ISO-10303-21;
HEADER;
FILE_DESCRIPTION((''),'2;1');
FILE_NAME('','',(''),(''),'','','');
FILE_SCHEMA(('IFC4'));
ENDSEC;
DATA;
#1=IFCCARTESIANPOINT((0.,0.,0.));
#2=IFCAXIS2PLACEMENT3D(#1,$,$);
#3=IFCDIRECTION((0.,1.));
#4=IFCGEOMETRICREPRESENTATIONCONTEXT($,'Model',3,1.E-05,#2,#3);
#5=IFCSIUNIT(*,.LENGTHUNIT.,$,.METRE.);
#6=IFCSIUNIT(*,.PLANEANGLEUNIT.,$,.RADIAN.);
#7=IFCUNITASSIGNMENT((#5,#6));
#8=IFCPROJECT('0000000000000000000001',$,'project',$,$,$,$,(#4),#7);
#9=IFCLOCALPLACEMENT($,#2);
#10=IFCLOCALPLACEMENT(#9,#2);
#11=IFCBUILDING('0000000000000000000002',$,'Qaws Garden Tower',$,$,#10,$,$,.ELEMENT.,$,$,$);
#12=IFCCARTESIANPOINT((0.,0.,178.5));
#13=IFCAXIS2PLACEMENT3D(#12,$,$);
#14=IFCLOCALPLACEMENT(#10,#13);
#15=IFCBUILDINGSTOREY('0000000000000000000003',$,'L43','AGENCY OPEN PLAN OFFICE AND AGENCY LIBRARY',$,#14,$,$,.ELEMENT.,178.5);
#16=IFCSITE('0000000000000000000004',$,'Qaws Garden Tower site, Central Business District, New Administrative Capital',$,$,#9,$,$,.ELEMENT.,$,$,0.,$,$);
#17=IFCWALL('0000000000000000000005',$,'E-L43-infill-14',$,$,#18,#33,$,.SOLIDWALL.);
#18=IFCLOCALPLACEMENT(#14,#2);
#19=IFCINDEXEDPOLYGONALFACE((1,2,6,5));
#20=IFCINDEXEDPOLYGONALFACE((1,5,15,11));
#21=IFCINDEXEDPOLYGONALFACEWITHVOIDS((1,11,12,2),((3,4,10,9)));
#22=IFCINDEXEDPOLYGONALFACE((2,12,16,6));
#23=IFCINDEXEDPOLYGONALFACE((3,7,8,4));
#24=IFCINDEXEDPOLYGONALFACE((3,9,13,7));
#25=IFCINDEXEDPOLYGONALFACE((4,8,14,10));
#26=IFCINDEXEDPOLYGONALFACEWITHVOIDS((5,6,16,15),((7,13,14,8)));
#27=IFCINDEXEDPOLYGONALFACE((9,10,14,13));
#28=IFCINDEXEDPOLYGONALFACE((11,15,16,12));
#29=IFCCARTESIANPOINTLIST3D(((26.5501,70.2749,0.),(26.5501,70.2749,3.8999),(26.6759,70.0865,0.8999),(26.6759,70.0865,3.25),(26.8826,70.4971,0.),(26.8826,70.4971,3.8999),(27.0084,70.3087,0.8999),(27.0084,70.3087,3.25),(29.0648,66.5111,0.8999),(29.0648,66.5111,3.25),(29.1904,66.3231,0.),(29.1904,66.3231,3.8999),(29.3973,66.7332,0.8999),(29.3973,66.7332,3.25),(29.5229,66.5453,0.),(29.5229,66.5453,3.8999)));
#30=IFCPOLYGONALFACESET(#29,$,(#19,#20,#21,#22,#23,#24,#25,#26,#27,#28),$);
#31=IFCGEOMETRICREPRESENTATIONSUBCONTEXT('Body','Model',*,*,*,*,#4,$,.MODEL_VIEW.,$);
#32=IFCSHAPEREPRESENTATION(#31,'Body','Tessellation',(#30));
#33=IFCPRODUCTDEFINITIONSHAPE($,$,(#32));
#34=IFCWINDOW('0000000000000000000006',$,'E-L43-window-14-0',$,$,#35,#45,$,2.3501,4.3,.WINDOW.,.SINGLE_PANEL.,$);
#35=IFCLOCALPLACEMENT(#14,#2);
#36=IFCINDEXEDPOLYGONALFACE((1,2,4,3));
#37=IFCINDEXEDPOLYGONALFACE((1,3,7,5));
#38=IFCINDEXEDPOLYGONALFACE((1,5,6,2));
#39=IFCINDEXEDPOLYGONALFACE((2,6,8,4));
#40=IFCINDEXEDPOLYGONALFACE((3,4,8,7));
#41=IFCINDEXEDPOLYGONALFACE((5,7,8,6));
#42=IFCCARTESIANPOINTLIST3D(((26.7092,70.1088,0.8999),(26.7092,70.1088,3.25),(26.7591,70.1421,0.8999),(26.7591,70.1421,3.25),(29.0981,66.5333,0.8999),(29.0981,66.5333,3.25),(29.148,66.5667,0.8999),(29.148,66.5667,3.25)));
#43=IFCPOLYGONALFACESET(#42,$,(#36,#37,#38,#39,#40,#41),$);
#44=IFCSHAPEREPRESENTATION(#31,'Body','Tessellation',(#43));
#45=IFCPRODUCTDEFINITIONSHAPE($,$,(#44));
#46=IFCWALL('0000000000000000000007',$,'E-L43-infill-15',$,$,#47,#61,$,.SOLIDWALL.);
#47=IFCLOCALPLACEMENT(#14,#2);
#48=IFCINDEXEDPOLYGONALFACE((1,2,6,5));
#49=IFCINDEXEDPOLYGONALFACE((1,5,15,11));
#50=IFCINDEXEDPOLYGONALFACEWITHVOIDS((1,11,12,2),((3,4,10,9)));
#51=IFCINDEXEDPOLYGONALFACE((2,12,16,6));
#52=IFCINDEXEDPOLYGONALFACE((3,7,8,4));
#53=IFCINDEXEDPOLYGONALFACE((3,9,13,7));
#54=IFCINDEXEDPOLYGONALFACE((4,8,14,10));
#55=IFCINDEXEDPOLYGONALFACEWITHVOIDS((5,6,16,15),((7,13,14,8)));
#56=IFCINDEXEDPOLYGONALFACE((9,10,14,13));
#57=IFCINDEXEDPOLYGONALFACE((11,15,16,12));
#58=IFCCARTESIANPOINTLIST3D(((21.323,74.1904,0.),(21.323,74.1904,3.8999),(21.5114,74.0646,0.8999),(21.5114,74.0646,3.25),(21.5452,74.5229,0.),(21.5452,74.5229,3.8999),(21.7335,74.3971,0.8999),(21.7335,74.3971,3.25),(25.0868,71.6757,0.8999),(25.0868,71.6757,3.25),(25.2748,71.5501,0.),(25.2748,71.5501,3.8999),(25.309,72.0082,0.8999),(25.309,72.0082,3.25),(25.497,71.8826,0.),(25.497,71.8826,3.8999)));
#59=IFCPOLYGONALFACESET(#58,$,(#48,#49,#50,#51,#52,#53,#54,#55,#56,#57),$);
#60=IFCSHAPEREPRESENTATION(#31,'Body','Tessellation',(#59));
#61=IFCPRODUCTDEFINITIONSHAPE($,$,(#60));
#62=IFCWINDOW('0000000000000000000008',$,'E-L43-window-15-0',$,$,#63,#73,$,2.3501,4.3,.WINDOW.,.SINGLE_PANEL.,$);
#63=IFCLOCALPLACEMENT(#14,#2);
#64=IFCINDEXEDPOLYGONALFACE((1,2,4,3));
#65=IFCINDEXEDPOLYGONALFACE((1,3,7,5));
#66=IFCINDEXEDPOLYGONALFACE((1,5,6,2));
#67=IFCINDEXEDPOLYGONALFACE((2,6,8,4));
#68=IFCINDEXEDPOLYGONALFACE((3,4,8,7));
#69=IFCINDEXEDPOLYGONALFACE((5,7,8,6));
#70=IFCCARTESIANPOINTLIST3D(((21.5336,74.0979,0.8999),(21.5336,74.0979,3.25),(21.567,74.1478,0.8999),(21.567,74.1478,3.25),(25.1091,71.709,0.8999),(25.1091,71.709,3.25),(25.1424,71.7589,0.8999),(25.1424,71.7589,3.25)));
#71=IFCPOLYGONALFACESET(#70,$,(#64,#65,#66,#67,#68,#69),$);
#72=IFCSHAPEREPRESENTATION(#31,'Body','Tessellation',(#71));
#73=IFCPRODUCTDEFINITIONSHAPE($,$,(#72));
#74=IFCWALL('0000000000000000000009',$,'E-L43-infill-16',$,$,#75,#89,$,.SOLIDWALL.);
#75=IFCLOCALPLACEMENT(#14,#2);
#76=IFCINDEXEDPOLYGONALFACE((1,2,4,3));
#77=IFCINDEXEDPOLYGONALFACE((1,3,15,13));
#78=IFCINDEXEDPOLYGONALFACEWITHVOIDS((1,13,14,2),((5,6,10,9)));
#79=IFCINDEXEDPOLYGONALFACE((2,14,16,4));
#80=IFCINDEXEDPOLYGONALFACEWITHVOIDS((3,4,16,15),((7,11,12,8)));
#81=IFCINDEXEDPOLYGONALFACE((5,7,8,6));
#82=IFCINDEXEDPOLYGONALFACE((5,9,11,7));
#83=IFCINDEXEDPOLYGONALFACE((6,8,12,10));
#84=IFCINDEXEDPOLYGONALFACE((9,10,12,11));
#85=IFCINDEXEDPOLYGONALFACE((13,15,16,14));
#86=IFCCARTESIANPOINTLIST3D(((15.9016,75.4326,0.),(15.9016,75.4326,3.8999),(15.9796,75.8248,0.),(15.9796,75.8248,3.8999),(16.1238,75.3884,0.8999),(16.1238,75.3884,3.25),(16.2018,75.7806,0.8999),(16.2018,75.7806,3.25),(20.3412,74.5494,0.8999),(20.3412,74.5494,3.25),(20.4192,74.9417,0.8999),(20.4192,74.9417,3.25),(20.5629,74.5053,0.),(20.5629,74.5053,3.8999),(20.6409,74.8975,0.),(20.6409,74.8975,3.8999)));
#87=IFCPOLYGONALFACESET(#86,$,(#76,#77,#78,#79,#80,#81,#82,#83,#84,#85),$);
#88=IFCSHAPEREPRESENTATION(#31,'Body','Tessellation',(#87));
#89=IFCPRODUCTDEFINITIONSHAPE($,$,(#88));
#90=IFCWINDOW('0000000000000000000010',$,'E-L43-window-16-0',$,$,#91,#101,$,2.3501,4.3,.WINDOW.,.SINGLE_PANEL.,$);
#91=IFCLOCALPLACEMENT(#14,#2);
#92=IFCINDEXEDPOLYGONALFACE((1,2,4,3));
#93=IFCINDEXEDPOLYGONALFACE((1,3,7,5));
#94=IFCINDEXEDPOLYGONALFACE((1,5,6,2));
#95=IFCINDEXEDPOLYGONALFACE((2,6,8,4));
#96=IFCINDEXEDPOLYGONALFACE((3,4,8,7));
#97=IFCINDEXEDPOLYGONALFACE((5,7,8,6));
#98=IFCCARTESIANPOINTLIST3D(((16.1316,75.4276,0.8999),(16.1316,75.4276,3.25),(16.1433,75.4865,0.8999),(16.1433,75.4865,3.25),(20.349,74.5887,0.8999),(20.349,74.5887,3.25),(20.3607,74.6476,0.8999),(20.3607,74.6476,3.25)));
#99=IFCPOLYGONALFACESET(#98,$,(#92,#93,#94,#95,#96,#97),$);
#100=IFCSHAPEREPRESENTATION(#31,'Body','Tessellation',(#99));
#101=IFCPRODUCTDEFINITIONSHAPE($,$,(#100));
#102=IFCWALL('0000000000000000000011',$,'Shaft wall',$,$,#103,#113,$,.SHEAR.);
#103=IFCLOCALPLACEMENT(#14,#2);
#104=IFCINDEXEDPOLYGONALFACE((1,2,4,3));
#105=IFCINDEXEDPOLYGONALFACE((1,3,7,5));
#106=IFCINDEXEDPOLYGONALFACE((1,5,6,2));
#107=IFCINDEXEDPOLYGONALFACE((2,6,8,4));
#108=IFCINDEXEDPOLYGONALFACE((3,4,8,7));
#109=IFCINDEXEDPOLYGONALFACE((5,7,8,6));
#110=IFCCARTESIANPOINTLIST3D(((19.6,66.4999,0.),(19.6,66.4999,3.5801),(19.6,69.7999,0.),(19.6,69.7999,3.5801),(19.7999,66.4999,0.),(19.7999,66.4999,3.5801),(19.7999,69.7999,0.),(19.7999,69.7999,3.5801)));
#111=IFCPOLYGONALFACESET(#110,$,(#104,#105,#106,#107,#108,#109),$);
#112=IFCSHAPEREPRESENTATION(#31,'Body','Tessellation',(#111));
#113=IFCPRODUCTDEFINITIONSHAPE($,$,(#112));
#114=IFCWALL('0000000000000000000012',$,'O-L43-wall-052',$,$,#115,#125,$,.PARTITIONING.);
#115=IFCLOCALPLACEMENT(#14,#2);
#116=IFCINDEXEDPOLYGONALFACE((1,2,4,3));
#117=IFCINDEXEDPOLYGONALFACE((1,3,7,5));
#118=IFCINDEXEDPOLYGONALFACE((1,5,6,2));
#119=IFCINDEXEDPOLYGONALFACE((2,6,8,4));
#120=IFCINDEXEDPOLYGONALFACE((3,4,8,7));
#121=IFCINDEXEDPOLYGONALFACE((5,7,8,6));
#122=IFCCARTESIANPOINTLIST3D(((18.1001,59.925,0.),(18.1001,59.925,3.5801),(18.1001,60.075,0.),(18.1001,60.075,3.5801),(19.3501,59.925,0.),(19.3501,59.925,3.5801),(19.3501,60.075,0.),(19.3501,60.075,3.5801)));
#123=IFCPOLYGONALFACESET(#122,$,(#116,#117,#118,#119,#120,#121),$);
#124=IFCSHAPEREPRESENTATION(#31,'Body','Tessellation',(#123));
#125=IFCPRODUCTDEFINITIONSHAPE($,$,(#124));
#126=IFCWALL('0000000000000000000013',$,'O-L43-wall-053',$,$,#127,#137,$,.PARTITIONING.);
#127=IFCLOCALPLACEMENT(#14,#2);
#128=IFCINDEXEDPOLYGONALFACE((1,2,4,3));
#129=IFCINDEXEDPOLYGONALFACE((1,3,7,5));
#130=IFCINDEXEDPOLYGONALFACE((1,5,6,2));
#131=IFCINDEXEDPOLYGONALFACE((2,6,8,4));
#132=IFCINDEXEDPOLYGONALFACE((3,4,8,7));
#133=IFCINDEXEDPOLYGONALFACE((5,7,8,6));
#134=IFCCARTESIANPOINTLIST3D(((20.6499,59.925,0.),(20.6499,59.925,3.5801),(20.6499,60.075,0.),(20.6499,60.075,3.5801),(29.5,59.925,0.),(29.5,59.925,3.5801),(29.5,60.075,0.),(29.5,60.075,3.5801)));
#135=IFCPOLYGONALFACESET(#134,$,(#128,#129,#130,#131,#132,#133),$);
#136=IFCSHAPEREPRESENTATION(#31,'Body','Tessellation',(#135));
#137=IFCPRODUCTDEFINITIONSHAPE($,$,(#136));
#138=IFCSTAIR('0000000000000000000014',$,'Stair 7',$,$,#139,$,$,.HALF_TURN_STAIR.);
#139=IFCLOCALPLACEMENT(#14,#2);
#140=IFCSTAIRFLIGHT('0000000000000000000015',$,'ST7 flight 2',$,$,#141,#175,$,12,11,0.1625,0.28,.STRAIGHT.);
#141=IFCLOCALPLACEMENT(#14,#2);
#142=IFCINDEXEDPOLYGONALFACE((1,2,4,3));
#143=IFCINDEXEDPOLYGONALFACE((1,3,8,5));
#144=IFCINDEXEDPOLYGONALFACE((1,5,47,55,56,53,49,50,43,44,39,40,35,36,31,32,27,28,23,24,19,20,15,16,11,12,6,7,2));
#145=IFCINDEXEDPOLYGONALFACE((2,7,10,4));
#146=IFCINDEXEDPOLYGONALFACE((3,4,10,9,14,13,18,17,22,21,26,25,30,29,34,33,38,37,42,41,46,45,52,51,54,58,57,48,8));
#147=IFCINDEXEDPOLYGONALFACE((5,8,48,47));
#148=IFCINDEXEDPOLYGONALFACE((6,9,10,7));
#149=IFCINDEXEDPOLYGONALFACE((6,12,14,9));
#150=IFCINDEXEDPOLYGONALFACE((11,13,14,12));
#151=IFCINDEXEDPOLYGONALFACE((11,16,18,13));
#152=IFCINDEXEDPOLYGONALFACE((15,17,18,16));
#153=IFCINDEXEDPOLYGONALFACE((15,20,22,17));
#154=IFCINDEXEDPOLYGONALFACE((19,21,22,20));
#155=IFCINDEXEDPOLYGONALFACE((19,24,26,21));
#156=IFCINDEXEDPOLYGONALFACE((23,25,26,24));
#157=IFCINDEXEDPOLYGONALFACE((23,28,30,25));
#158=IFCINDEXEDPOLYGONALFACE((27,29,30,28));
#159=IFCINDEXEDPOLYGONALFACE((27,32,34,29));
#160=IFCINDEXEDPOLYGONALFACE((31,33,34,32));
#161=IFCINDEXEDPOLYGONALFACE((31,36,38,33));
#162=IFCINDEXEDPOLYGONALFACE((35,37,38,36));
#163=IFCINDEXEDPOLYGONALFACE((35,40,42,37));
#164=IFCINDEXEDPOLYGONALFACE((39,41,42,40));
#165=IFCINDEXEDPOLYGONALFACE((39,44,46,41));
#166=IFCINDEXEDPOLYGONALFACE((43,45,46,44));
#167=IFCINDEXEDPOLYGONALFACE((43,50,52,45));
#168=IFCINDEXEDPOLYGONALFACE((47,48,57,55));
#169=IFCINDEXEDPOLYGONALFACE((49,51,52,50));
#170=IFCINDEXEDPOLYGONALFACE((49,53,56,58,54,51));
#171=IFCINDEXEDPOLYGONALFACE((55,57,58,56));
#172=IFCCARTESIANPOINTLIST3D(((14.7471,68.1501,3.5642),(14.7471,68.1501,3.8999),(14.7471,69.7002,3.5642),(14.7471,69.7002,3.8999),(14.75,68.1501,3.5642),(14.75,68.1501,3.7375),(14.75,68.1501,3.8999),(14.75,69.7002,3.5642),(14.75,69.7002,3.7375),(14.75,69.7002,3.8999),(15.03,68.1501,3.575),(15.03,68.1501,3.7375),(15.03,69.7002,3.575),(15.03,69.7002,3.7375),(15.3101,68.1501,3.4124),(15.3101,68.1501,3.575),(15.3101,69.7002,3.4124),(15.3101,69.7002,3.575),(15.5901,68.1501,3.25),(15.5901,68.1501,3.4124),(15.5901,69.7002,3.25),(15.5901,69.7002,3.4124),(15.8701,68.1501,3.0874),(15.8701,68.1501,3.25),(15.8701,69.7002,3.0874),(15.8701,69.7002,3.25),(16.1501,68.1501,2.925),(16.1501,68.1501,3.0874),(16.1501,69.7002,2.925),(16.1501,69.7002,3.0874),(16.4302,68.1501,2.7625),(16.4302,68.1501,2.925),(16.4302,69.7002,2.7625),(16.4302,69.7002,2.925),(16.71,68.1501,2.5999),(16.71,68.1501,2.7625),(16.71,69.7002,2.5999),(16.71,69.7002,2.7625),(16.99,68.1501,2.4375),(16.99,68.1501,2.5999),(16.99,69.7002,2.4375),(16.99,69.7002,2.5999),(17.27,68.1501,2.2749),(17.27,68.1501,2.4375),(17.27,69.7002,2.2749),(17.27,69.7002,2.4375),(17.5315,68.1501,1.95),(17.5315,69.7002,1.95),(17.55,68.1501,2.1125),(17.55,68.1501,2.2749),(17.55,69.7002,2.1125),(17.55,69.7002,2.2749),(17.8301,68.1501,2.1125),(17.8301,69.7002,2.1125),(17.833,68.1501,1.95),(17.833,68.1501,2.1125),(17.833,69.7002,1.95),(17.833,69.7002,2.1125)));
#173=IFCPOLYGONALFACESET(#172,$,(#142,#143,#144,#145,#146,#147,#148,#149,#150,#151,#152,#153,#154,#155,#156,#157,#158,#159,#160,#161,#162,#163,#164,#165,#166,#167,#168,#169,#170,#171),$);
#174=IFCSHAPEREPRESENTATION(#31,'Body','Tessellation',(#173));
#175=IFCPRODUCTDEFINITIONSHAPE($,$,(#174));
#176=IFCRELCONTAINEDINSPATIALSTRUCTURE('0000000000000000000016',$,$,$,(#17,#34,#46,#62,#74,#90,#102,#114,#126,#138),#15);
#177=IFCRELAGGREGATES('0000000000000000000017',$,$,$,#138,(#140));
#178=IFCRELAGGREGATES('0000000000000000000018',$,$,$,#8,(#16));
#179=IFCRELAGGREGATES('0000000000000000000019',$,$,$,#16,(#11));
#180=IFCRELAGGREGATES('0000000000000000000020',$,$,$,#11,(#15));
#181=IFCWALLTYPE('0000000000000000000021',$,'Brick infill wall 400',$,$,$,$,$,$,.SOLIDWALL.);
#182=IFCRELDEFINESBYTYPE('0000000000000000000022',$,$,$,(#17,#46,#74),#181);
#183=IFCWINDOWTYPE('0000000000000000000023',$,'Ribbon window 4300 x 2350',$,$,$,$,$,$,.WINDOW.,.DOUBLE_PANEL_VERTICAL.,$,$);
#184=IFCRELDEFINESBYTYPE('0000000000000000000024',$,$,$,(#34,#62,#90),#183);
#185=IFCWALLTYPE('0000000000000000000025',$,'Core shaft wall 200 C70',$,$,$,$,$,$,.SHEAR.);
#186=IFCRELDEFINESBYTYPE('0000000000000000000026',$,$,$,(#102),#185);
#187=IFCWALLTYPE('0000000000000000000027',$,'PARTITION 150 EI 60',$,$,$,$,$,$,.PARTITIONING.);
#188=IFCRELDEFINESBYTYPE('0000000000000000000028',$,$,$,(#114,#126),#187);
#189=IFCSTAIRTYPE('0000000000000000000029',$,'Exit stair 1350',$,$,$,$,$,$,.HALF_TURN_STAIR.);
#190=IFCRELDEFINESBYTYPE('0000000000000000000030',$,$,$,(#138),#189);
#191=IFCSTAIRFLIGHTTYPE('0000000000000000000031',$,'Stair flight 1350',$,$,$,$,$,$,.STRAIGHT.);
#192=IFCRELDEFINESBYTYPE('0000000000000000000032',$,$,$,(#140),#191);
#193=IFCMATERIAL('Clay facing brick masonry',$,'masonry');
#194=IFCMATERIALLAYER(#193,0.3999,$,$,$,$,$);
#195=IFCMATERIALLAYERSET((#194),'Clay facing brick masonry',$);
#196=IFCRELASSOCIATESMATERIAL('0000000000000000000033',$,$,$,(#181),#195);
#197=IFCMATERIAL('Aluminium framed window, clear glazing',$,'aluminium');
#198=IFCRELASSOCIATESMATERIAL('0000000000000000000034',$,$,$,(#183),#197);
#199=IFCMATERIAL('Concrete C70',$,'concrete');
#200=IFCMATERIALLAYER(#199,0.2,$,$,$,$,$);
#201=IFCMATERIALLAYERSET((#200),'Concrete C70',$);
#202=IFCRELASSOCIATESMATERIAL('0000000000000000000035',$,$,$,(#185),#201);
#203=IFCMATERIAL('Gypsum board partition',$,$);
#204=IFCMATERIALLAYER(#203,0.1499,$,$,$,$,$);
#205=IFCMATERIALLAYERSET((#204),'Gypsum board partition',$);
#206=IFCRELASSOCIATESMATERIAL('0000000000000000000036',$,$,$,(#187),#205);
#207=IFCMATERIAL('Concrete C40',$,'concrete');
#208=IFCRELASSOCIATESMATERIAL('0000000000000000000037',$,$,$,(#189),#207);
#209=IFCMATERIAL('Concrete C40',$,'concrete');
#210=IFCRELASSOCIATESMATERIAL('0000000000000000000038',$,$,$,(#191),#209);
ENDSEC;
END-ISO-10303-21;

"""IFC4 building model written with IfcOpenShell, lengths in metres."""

from ifc_helpers import new_model, si_unit, direction, frame, frame_2d, origin, place, context, subcontext, project, spatial, polyline, rectangle, outline, extrude, material, layer, layer_set, type_object, element, fill, aggregate, save


model = new_model("IFC4")

# Units and contexts
model_context = context("Model", 3, precision=1e-05, world=origin(), true_north=direction((0.0, 1.0)))
body_context = subcontext(model_context, "Body", "Model", "MODEL_VIEW")
ifc_project = project(units=[si_unit("LENGTHUNIT", "METRE"), si_unit("PLANEANGLEUNIT", "RADIAN")], contexts=[model_context])

# Site, building, storey
site_placement = place(None, origin())
site = spatial("IfcSite", under=ifc_project, at=site_placement, Name="Qaws Garden Tower site, Central Business District, New Administrative Capital", CompositionType="ELEMENT", RefElevation=0.0)
building_placement = place(site_placement, origin())
building = spatial("IfcBuilding", under=site, at=building_placement, Name="Qaws Garden Tower", CompositionType="ELEMENT")
storey_placement = place(building_placement, frame((0.0, 0.0, 178.5)))
storey = spatial("IfcBuildingStorey", under=building, at=storey_placement, Name="L43", Description="AGENCY OPEN PLAN OFFICE AND AGENCY LIBRARY", CompositionType="ELEMENT", Elevation=178.5)

# Walls, openings, windows
ifc_material_1 = material(Name="Clay facing brick masonry", Category="masonry")
ifc_layer_1 = layer(ifc_material_1, 0.3999)
ifc_layer_set_1 = layer_set([ifc_layer_1], Name="Clay facing brick masonry")
wall_type_1 = type_object("IfcWallType", Name="Brick infill wall 400", PredefinedType="SOLIDWALL", material=ifc_layer_set_1)
ifc_material_2 = material(Name="Aluminium framed window, clear glazing", Category="aluminium")
window_type = type_object("IfcWindowType", Name="Ribbon window 4300 x 2350", PartitioningType="DOUBLE_PANEL_VERTICAL", PredefinedType="WINDOW", material=ifc_material_2)
wall_1_placement = place(storey_placement, frame((29.3567, 66.4341, 0.0), z_axis=(0.0, 0.0, 1.0), x_axis=(-0.555542, 0.831489, 0.0)))
wall_1 = element("IfcWall", 1, at=wall_1_placement, inside=storey, type_object=wall_type_1, Name="E-L43-infill-14", PredefinedType="SOLIDWALL", context=body_context, shape_type="SweptSolid", body=[
    extrude(rectangle(XDim=4.7527, YDim=0.3999, at=frame_2d((2.3765, 0.0))), origin(), (0.0, 0.0, 1.0), 3.8999),
])
opening_1_placement = place(wall_1_placement, frame((0.2263, 0.0, 0.8999)))
opening_1 = element("IfcOpeningElement", 2, at=opening_1_placement, cuts=wall_1, PredefinedType="OPENING", context=body_context, shape_type="SweptSolid", body=[
    extrude(rectangle(XDim=4.3, YDim=2.3501, at=frame_2d((2.1499, 1.175))), frame((0.0, 0.21, 0.0), z_axis=(0.0, -1.0, 0.0), x_axis=(1.0, 0.0, 0.0)), (0.0, 0.0, 1.0), 0.4199),
])
window_1_placement = place(opening_1_placement, origin())
window_1 = element("IfcWindow", 3, at=window_1_placement, inside=storey, type_object=window_type, Name="E-L43-window-14-0", OverallHeight=2.3501, OverallWidth=4.3, PartitioningType="SINGLE_PANEL", PredefinedType="WINDOW", context=body_context, shape_type="SweptSolid", body=[
    extrude(rectangle(XDim=4.3, YDim=2.3501, at=frame_2d((2.1499, 1.175))), frame((0.0, 0.1599, 0.0), z_axis=(0.0, -1.0, 0.0), x_axis=(1.0, 0.0, 0.0)), (0.0, 0.0, 1.0), 0.0601),
])
fill(opening_1, window_1)
wall_2_placement = place(storey_placement, frame((25.386, 71.7163, 0.0), z_axis=(0.0, 0.0, 1.0), x_axis=(-0.831489, 0.555542, 0.0)))
wall_2 = element("IfcWall", 4, at=wall_2_placement, inside=storey, type_object=wall_type_1, Name="E-L43-infill-15", PredefinedType="SOLIDWALL", context=body_context, shape_type="SweptSolid", body=[
    extrude(rectangle(XDim=4.7527, YDim=0.3999, at=frame_2d((2.3765, 0.0))), origin(), (0.0, 0.0, 1.0), 3.8999),
])
opening_2_placement = place(wall_2_placement, frame((0.2263, 0.0, 0.8999)))
opening_2 = element("IfcOpeningElement", 5, at=opening_2_placement, cuts=wall_2, PredefinedType="OPENING", context=body_context, shape_type="SweptSolid", body=[
    extrude(rectangle(XDim=4.3, YDim=2.3501, at=frame_2d((2.1499, 1.175))), frame((0.0, 0.21, 0.0), z_axis=(0.0, -1.0, 0.0), x_axis=(1.0, 0.0, 0.0)), (0.0, 0.0, 1.0), 0.4199),
])
window_2_placement = place(opening_2_placement, origin())
window_2 = element("IfcWindow", 6, at=window_2_placement, inside=storey, type_object=window_type, Name="E-L43-window-15-0", OverallHeight=2.3501, OverallWidth=4.3, PartitioningType="SINGLE_PANEL", PredefinedType="WINDOW", context=body_context, shape_type="SweptSolid", body=[
    extrude(rectangle(XDim=4.3, YDim=2.3501, at=frame_2d((2.1499, 1.175))), frame((0.0, 0.1599, 0.0), z_axis=(0.0, -1.0, 0.0), x_axis=(1.0, 0.0, 0.0)), (0.0, 0.0, 1.0), 0.0601),
])
fill(opening_2, window_2)
wall_3_placement = place(storey_placement, frame((20.6021, 74.7014, 0.0), z_axis=(0.0, 0.0, 1.0), x_axis=(-0.980784, 0.195099, 0.0)))
wall_3 = element("IfcWall", 7, at=wall_3_placement, inside=storey, type_object=wall_type_1, Name="E-L43-infill-16", PredefinedType="SOLIDWALL", context=body_context, shape_type="SweptSolid", body=[
    extrude(rectangle(XDim=4.7527, YDim=0.3999, at=frame_2d((2.3765, 0.0))), origin(), (0.0, 0.0, 1.0), 3.8999),
])
opening_3_placement = place(wall_3_placement, frame((0.2263, 0.0, 0.8999)))
opening_3 = element("IfcOpeningElement", 8, at=opening_3_placement, cuts=wall_3, PredefinedType="OPENING", context=body_context, shape_type="SweptSolid", body=[
    extrude(rectangle(XDim=4.3, YDim=2.3501, at=frame_2d((2.1499, 1.175))), frame((0.0, 0.21, 0.0), z_axis=(0.0, -1.0, 0.0), x_axis=(1.0, 0.0, 0.0)), (0.0, 0.0, 1.0), 0.4199),
])
window_3_placement = place(opening_3_placement, origin())
window_3 = element("IfcWindow", 9, at=window_3_placement, inside=storey, type_object=window_type, Name="E-L43-window-16-0", OverallHeight=2.3501, OverallWidth=4.3, PartitioningType="SINGLE_PANEL", PredefinedType="WINDOW", context=body_context, shape_type="SweptSolid", body=[
    extrude(rectangle(XDim=4.3, YDim=2.3501, at=frame_2d((2.1499, 1.175))), frame((0.0, 0.1599, 0.0), z_axis=(0.0, -1.0, 0.0), x_axis=(1.0, 0.0, 0.0)), (0.0, 0.0, 1.0), 0.0601),
])
fill(opening_3, window_3)

# Walls
ifc_material_3 = material(Name="Concrete C70", Category="concrete")
ifc_layer_2 = layer(ifc_material_3, 0.2)
ifc_layer_set_2 = layer_set([ifc_layer_2], Name="Concrete C70")
wall_type_2 = type_object("IfcWallType", Name="Core shaft wall 200 C70", PredefinedType="SHEAR", material=ifc_layer_set_2)
wall_4_placement = place(storey_placement, frame((19.7, 66.5, 0.0), z_axis=(0.0, 0.0, 1.0), x_axis=(0.0, 1.0, 0.0)))
element("IfcWall", 10, at=wall_4_placement, inside=storey, type_object=wall_type_2, Name="Shaft wall", PredefinedType="SHEAR", context=body_context, shape_type="SweptSolid", body=[
    extrude(rectangle(XDim=3.3, YDim=0.2, at=frame_2d((1.6499, 0.0))), origin(), (0.0, 0.0, 1.0), 3.5801),
])
ifc_material_4 = material(Name="Gypsum board partition")
ifc_layer_3 = layer(ifc_material_4, 0.1499)
ifc_layer_set_3 = layer_set([ifc_layer_3], Name="Gypsum board partition")
wall_type_3 = type_object("IfcWallType", Name="PARTITION 150 EI 60", PredefinedType="PARTITIONING", material=ifc_layer_set_3)
wall_5_placement = place(storey_placement, frame((18.1001, 60.0, 0.0), z_axis=(0.0, 0.0, 1.0), x_axis=(1.0, 0.0, 0.0)))
element("IfcWall", 11, at=wall_5_placement, inside=storey, type_object=wall_type_3, Name="O-L43-wall-052", PredefinedType="PARTITIONING", context=body_context, shape_type="SweptSolid", body=[
    extrude(rectangle(XDim=1.25, YDim=0.1499, at=frame_2d((0.625, 0.0))), origin(), (0.0, 0.0, 1.0), 3.5801),
])
wall_6_placement = place(storey_placement, frame((20.6499, 60.0, 0.0), z_axis=(0.0, 0.0, 1.0), x_axis=(1.0, 0.0, 0.0)))
element("IfcWall", 12, at=wall_6_placement, inside=storey, type_object=wall_type_3, Name="O-L43-wall-053", PredefinedType="PARTITIONING", context=body_context, shape_type="SweptSolid", body=[
    extrude(rectangle(XDim=8.8501, YDim=0.1499, at=frame_2d((4.425, 0.0))), origin(), (0.0, 0.0, 1.0), 3.5801),
])

# Stair, stair flight
ifc_material_5 = material(Name="Concrete C40", Category="concrete")
stair_type = type_object("IfcStairType", Name="Exit stair 1350", PredefinedType="HALF_TURN_STAIR", material=ifc_material_5)
stair_placement = place(storey_placement, origin())
stair = element("IfcStair", 13, at=stair_placement, inside=storey, type_object=stair_type, Name="Stair 7", PredefinedType="HALF_TURN_STAIR")
ifc_material_6 = material(Name="Concrete C40", Category="concrete")
stair_flight_type = type_object("IfcStairFlightType", Name="Stair flight 1350", PredefinedType="STRAIGHT", material=ifc_material_6)
stair_flight_placement = place(storey_placement, frame((17.8301, 68.925, 1.95), z_axis=(0.0, 0.0, 1.0), x_axis=(-1.0, 0.0, 0.0)))
stair_flight = element("IfcStairFlight", 14, at=stair_flight_placement, type_object=stair_flight_type, Name="ST7 flight 2", NumberOfRisers=12, NumberOfTreads=11, PredefinedType="STRAIGHT", RiserHeight=0.1625, TreadLength=0.28, context=body_context, shape_type="SweptSolid", body=[
    extrude(outline(polyline([(-0.0029, 0.0), (-0.0029, 0.1626), (0.0, 0.1626), (0.28, 0.1626), (0.28, 0.325), (0.5601, 0.325), (0.5601, 0.4875), (0.8401, 0.4875), (0.8401, 0.6499), (1.1201, 0.6499), (1.1201, 0.8125), (1.3999, 0.8125), (1.3999, 0.9751), (1.6799, 0.9751), (1.6799, 1.1375), (1.96, 1.1375), (1.96, 1.3), (2.24, 1.3), (2.24, 1.4624), (2.52, 1.4624), (2.52, 1.625), (2.8, 1.625), (2.8, 1.7876), (3.0801, 1.7876), (3.0801, 1.95), (3.083, 1.95), (3.083, 1.6143), (3.0801, 1.6143), (0.2986, 0.0), (-0.0029, 0.0)])), frame((0.0, 0.7749, 0.0), z_axis=(0.0, -1.0, 0.0), x_axis=(1.0, 0.0, 0.0)), (0.0, 0.0, 1.0), 1.55),
])
aggregate(stair, [stair_flight])

save(model, "model.ifc")
